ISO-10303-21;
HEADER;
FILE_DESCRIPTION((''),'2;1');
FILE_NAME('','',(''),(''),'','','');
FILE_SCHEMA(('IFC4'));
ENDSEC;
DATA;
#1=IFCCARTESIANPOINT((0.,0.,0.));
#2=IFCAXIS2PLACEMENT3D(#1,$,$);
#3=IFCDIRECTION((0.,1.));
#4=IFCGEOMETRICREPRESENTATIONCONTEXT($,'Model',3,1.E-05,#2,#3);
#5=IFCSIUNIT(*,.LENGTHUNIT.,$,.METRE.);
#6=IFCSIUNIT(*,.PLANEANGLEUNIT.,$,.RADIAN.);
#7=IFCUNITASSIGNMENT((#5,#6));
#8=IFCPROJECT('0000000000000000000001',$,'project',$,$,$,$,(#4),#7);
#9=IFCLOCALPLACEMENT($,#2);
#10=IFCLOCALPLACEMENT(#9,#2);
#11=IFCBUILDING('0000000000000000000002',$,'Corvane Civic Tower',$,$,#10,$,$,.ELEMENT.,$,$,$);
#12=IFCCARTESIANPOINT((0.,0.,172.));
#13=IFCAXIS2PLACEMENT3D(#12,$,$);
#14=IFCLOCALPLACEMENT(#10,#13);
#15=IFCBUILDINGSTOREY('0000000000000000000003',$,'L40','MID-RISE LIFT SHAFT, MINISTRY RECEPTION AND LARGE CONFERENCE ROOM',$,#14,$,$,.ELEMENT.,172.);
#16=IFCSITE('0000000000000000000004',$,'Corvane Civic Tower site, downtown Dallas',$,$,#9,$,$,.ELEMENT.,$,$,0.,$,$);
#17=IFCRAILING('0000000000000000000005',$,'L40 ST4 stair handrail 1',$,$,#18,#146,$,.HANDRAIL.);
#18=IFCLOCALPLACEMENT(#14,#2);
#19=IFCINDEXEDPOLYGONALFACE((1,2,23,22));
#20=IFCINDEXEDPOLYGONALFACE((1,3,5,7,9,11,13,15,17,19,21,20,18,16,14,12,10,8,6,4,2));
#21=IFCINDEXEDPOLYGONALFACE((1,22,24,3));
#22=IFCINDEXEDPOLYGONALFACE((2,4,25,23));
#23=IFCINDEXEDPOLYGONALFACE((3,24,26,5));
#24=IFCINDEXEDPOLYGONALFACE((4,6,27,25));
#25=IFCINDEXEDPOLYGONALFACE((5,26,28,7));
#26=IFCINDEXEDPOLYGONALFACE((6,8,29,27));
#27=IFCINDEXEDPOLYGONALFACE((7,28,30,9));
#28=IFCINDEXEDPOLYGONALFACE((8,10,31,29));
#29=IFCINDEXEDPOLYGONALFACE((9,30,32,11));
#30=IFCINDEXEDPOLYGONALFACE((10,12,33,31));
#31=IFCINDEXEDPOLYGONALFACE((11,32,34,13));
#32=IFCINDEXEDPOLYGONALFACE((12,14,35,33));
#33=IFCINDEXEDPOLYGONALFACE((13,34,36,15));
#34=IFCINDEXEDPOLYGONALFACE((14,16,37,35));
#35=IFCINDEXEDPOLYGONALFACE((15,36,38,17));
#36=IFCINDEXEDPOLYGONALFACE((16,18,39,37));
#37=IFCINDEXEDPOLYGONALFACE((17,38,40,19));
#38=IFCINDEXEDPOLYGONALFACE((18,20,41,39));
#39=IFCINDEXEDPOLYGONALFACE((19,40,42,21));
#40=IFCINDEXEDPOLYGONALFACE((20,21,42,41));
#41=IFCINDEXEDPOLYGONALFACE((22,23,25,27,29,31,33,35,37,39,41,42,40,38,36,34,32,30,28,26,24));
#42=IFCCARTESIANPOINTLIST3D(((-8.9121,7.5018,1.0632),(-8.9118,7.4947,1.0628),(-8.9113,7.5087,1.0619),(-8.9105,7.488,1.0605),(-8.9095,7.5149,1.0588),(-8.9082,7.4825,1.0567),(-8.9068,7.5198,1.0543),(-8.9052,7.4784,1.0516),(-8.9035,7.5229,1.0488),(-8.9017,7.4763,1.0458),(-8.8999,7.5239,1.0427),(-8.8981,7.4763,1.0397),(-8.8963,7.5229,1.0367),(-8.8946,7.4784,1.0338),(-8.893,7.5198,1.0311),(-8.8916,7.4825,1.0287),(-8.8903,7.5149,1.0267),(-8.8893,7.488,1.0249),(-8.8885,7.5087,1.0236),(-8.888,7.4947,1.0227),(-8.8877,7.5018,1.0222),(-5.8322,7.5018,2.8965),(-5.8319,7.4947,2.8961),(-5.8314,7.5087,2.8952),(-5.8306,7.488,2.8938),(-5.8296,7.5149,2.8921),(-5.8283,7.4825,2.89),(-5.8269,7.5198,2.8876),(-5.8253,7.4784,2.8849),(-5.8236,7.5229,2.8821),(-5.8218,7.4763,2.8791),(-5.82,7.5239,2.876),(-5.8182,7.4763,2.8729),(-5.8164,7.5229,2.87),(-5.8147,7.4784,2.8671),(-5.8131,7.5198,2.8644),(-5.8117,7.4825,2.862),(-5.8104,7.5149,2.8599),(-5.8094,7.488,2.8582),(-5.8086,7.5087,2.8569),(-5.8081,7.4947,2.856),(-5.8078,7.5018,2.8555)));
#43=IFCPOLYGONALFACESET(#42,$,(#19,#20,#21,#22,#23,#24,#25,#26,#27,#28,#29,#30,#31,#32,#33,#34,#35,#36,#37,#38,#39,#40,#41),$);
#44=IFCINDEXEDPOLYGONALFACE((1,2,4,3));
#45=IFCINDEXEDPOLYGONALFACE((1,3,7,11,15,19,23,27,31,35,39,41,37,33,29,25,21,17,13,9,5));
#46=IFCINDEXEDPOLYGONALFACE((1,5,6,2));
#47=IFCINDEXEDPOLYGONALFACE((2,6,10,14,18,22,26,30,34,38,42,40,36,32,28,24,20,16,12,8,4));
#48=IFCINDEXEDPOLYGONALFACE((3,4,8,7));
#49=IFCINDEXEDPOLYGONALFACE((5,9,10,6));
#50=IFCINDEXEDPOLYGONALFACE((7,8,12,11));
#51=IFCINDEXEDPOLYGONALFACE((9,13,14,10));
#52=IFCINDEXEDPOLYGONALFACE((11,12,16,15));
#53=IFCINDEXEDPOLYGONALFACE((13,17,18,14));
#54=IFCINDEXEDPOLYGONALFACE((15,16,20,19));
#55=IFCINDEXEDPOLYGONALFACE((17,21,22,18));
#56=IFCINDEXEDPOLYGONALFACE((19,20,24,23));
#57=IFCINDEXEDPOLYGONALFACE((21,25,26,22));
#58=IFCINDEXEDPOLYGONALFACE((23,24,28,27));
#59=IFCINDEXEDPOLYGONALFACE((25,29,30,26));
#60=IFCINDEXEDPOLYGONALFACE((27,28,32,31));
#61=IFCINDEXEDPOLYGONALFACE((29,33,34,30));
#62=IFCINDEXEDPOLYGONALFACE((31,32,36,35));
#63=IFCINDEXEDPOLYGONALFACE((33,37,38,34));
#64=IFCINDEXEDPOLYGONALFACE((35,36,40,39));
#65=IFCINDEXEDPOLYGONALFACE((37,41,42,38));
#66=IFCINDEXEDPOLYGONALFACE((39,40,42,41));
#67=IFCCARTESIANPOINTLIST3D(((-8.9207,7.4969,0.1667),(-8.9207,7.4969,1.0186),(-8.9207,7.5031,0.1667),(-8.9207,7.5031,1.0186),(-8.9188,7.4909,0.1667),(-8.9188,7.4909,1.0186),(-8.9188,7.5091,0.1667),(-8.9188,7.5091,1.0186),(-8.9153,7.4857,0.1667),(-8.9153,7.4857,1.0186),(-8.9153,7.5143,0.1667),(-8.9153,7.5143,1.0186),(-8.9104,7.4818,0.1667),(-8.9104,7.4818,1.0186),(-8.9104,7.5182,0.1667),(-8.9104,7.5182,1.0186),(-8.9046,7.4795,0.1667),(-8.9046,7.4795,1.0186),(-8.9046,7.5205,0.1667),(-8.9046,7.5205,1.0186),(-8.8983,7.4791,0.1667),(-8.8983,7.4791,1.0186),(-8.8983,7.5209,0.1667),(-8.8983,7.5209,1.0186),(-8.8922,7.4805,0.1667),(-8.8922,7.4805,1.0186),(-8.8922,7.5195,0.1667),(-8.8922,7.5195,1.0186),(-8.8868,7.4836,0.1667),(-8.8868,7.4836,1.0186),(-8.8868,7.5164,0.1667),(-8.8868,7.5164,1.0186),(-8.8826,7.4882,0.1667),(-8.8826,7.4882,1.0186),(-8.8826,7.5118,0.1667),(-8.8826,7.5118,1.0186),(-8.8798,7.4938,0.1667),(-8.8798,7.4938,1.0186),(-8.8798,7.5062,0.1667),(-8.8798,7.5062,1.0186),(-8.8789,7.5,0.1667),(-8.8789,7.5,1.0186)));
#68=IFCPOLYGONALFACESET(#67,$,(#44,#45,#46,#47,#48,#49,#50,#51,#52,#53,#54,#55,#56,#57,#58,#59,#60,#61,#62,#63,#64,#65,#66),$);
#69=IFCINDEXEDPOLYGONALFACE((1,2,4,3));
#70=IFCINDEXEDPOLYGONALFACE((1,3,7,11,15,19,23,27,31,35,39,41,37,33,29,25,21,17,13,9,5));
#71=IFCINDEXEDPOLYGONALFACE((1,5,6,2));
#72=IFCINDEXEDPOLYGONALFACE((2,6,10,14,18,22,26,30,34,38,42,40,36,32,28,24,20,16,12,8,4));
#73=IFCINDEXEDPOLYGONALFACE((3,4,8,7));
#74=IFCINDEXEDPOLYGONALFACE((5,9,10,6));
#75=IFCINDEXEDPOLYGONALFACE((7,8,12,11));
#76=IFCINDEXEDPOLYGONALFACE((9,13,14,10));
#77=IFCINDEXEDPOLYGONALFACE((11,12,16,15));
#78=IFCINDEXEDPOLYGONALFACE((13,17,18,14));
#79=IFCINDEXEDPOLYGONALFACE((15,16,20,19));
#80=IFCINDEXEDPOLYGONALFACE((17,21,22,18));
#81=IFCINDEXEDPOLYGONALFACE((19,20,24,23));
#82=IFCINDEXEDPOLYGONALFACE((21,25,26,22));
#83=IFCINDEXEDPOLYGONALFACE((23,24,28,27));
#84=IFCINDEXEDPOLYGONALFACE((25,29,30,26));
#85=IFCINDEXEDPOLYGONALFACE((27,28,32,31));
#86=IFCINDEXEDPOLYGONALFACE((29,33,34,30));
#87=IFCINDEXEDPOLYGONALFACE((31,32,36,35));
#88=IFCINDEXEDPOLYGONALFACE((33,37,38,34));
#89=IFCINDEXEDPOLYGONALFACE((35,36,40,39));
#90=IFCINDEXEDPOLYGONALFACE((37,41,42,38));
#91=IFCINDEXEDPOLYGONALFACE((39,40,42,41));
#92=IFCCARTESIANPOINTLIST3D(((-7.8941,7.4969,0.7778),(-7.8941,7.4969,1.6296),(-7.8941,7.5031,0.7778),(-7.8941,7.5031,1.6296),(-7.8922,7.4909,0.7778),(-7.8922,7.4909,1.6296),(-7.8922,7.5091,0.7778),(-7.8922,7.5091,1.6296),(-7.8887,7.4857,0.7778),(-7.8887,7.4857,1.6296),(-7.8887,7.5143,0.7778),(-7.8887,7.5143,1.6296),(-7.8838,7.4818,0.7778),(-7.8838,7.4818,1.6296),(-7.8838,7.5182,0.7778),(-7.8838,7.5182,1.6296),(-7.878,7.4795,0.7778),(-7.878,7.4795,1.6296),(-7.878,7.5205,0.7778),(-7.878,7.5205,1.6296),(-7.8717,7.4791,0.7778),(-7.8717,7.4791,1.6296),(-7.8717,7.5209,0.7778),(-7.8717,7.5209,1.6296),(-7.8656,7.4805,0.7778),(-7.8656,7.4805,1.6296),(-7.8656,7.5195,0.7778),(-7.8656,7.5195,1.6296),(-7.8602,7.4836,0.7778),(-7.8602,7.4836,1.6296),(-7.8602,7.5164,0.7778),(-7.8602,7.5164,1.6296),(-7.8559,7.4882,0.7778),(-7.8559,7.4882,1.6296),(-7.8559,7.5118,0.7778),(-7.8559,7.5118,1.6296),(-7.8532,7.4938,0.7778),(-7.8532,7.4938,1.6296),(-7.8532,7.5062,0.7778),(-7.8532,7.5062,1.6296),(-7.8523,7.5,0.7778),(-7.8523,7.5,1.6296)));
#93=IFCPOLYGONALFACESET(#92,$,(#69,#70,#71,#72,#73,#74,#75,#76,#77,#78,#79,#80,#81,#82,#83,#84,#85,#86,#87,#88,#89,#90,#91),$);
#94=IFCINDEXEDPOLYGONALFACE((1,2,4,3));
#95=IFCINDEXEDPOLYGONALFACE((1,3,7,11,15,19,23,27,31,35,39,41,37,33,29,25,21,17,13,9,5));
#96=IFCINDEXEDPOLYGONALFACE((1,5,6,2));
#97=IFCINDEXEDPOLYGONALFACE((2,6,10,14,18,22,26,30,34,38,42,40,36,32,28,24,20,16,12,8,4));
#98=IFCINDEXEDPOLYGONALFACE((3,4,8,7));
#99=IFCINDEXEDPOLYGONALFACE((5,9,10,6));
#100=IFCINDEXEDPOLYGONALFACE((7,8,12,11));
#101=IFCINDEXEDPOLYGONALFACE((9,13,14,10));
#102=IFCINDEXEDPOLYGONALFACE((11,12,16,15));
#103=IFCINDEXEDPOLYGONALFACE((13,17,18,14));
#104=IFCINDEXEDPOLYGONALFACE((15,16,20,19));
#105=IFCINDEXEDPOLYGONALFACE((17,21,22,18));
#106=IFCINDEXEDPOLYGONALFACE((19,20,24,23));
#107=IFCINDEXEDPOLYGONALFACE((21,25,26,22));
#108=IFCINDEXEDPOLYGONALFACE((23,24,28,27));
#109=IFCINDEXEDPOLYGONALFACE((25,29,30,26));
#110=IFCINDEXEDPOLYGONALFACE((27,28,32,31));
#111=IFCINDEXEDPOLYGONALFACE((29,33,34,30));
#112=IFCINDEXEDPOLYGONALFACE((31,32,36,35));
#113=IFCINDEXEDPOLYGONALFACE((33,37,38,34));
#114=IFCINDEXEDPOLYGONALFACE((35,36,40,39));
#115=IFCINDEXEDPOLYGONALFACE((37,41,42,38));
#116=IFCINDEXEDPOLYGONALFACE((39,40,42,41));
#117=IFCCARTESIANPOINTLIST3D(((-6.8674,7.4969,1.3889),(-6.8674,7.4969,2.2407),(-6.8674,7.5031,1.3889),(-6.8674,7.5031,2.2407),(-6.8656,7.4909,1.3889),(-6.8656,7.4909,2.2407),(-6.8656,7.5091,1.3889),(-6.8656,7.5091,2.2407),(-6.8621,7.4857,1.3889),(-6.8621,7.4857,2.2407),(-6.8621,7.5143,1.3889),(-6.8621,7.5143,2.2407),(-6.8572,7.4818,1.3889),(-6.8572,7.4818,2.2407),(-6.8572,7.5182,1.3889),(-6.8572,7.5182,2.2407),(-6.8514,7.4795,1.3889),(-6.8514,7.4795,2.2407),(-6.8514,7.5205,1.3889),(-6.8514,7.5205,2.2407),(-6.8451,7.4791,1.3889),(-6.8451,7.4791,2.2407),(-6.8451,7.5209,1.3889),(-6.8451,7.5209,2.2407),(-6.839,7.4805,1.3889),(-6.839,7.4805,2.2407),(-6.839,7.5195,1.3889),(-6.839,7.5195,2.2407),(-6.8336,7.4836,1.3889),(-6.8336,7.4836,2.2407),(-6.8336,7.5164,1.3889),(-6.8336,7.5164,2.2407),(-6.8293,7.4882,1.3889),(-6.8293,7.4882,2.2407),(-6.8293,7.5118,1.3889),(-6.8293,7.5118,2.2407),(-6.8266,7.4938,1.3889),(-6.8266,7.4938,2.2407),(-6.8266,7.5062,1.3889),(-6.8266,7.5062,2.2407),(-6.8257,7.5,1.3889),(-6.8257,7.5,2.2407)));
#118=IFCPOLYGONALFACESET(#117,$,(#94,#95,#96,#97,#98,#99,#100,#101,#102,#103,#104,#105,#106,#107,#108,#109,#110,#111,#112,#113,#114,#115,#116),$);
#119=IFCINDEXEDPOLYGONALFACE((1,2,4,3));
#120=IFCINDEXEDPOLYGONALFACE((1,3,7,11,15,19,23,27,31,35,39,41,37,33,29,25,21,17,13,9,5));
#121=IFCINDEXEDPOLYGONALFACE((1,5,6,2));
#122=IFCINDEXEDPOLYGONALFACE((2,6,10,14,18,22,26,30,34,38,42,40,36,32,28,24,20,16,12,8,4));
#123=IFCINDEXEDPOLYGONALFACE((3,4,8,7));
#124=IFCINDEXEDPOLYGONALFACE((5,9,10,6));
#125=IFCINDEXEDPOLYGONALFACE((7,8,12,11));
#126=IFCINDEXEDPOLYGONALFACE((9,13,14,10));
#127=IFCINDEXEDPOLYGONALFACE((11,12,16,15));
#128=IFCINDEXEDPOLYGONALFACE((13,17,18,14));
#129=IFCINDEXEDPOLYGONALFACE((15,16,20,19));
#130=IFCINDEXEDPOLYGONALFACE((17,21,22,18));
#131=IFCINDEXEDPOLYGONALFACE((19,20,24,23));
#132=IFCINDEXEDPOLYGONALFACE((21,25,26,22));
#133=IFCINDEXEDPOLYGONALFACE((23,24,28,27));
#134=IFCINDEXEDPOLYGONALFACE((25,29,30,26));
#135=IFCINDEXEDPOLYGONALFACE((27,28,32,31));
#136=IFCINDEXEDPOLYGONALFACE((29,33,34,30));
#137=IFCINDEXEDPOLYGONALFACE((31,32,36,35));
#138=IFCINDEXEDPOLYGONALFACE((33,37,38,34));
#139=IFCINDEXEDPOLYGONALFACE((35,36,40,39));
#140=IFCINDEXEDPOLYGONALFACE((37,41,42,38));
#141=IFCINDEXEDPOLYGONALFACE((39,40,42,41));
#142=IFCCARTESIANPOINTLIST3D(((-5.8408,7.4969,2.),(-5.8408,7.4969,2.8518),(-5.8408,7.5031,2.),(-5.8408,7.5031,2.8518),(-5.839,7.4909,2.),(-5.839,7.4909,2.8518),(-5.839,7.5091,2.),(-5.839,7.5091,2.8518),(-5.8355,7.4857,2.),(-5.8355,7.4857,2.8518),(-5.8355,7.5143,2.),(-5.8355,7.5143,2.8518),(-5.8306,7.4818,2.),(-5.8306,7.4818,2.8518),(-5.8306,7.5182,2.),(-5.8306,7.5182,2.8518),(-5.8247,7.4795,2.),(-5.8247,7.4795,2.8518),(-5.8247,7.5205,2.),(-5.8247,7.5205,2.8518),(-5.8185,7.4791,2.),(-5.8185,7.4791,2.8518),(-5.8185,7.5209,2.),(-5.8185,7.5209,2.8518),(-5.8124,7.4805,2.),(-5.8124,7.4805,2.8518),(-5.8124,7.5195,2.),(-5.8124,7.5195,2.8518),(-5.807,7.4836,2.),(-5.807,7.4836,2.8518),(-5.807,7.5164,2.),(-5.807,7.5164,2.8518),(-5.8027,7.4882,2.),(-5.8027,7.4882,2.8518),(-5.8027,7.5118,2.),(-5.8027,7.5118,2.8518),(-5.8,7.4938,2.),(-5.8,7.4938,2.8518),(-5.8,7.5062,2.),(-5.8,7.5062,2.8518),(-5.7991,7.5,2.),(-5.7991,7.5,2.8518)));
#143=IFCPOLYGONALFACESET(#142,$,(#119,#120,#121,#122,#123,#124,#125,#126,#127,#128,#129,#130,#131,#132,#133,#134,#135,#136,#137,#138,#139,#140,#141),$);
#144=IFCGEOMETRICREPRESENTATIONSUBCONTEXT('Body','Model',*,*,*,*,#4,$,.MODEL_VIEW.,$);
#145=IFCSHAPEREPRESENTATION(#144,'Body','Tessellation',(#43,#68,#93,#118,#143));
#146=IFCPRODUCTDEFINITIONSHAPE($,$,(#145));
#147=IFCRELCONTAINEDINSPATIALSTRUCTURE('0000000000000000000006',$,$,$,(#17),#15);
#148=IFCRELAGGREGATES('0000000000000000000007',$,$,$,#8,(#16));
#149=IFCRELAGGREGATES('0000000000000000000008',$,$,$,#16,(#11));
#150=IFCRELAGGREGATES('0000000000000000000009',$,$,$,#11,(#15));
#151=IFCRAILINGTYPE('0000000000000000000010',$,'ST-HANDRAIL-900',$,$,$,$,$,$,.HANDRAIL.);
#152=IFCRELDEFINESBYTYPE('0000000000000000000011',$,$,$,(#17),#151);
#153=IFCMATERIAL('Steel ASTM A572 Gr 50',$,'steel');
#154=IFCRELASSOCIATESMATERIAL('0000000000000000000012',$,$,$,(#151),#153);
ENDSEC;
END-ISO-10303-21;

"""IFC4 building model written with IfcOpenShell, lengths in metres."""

from ifc_helpers import new_model, si_unit, direction, frame, origin, origin_2d, place, context, subcontext, project, spatial, circle, extrude, material, type_object, element, save


model = new_model("IFC4")

# Units and contexts
model_context = context("Model", 3, precision=1e-05, world=origin(), true_north=direction((0.0, 1.0)))
body_context = subcontext(model_context, "Body", "Model", "MODEL_VIEW")
ifc_project = project(units=[si_unit("LENGTHUNIT", "METRE"), si_unit("PLANEANGLEUNIT", "RADIAN")], contexts=[model_context])

# Site, building, storey
site_placement = place(None, origin())
site = spatial("IfcSite", under=ifc_project, at=site_placement, Name="Corvane Civic Tower site, downtown Dallas", CompositionType="ELEMENT", RefElevation=0.0)
building_placement = place(site_placement, origin())
building = spatial("IfcBuilding", under=site, at=building_placement, Name="Corvane Civic Tower", CompositionType="ELEMENT")
storey_placement = place(building_placement, frame((0.0, 0.0, 172.0)))
storey = spatial("IfcBuildingStorey", under=building, at=storey_placement, Name="L40", Description="MID-RISE LIFT SHAFT, MINISTRY RECEPTION AND LARGE CONFERENCE ROOM", CompositionType="ELEMENT", Elevation=172.0)

# Railing
ifc_material_1 = material(Name="Steel ASTM A572 Gr 50", Category="steel")
railing_type_1 = type_object("IfcRailingType", Name="ST-HANDRAIL-900", PredefinedType="HANDRAIL", material=ifc_material_1)
railing_1_placement = place(storey_placement, frame((-8.8999, 7.5, 0.1667)))
element("IfcRailing", 1, at=railing_1_placement, inside=storey, type_object=railing_type_1, Name="L40 ST4 stair handrail 1", PredefinedType="HANDRAIL", context=body_context, shape_type="SweptSolid", body=[
    extrude(circle(Radius=0.0239, at=origin_2d()), frame((0.0, 0.0, 0.876), z_axis=(0.859291, 0.0, 0.511487), x_axis=(0.0, 1.0, 0.0)), (0.0, 0.0, 1.0), 3.5842),
    extrude(circle(Radius=0.021, at=origin_2d()), origin(), (0.0, 0.0, 1.0), 0.8518),
    extrude(circle(Radius=0.021, at=origin_2d()), frame((1.0266, 0.0, 0.6111)), (0.0, 0.0, 1.0), 0.8518),
    extrude(circle(Radius=0.021, at=origin_2d()), frame((2.0532, 0.0, 1.2222)), (0.0, 0.0, 1.0), 0.8518),
    extrude(circle(Radius=0.021, at=origin_2d()), frame((3.0798, 0.0, 1.8333)), (0.0, 0.0, 1.0), 0.8518),
])

save(model, "model.ifc")
